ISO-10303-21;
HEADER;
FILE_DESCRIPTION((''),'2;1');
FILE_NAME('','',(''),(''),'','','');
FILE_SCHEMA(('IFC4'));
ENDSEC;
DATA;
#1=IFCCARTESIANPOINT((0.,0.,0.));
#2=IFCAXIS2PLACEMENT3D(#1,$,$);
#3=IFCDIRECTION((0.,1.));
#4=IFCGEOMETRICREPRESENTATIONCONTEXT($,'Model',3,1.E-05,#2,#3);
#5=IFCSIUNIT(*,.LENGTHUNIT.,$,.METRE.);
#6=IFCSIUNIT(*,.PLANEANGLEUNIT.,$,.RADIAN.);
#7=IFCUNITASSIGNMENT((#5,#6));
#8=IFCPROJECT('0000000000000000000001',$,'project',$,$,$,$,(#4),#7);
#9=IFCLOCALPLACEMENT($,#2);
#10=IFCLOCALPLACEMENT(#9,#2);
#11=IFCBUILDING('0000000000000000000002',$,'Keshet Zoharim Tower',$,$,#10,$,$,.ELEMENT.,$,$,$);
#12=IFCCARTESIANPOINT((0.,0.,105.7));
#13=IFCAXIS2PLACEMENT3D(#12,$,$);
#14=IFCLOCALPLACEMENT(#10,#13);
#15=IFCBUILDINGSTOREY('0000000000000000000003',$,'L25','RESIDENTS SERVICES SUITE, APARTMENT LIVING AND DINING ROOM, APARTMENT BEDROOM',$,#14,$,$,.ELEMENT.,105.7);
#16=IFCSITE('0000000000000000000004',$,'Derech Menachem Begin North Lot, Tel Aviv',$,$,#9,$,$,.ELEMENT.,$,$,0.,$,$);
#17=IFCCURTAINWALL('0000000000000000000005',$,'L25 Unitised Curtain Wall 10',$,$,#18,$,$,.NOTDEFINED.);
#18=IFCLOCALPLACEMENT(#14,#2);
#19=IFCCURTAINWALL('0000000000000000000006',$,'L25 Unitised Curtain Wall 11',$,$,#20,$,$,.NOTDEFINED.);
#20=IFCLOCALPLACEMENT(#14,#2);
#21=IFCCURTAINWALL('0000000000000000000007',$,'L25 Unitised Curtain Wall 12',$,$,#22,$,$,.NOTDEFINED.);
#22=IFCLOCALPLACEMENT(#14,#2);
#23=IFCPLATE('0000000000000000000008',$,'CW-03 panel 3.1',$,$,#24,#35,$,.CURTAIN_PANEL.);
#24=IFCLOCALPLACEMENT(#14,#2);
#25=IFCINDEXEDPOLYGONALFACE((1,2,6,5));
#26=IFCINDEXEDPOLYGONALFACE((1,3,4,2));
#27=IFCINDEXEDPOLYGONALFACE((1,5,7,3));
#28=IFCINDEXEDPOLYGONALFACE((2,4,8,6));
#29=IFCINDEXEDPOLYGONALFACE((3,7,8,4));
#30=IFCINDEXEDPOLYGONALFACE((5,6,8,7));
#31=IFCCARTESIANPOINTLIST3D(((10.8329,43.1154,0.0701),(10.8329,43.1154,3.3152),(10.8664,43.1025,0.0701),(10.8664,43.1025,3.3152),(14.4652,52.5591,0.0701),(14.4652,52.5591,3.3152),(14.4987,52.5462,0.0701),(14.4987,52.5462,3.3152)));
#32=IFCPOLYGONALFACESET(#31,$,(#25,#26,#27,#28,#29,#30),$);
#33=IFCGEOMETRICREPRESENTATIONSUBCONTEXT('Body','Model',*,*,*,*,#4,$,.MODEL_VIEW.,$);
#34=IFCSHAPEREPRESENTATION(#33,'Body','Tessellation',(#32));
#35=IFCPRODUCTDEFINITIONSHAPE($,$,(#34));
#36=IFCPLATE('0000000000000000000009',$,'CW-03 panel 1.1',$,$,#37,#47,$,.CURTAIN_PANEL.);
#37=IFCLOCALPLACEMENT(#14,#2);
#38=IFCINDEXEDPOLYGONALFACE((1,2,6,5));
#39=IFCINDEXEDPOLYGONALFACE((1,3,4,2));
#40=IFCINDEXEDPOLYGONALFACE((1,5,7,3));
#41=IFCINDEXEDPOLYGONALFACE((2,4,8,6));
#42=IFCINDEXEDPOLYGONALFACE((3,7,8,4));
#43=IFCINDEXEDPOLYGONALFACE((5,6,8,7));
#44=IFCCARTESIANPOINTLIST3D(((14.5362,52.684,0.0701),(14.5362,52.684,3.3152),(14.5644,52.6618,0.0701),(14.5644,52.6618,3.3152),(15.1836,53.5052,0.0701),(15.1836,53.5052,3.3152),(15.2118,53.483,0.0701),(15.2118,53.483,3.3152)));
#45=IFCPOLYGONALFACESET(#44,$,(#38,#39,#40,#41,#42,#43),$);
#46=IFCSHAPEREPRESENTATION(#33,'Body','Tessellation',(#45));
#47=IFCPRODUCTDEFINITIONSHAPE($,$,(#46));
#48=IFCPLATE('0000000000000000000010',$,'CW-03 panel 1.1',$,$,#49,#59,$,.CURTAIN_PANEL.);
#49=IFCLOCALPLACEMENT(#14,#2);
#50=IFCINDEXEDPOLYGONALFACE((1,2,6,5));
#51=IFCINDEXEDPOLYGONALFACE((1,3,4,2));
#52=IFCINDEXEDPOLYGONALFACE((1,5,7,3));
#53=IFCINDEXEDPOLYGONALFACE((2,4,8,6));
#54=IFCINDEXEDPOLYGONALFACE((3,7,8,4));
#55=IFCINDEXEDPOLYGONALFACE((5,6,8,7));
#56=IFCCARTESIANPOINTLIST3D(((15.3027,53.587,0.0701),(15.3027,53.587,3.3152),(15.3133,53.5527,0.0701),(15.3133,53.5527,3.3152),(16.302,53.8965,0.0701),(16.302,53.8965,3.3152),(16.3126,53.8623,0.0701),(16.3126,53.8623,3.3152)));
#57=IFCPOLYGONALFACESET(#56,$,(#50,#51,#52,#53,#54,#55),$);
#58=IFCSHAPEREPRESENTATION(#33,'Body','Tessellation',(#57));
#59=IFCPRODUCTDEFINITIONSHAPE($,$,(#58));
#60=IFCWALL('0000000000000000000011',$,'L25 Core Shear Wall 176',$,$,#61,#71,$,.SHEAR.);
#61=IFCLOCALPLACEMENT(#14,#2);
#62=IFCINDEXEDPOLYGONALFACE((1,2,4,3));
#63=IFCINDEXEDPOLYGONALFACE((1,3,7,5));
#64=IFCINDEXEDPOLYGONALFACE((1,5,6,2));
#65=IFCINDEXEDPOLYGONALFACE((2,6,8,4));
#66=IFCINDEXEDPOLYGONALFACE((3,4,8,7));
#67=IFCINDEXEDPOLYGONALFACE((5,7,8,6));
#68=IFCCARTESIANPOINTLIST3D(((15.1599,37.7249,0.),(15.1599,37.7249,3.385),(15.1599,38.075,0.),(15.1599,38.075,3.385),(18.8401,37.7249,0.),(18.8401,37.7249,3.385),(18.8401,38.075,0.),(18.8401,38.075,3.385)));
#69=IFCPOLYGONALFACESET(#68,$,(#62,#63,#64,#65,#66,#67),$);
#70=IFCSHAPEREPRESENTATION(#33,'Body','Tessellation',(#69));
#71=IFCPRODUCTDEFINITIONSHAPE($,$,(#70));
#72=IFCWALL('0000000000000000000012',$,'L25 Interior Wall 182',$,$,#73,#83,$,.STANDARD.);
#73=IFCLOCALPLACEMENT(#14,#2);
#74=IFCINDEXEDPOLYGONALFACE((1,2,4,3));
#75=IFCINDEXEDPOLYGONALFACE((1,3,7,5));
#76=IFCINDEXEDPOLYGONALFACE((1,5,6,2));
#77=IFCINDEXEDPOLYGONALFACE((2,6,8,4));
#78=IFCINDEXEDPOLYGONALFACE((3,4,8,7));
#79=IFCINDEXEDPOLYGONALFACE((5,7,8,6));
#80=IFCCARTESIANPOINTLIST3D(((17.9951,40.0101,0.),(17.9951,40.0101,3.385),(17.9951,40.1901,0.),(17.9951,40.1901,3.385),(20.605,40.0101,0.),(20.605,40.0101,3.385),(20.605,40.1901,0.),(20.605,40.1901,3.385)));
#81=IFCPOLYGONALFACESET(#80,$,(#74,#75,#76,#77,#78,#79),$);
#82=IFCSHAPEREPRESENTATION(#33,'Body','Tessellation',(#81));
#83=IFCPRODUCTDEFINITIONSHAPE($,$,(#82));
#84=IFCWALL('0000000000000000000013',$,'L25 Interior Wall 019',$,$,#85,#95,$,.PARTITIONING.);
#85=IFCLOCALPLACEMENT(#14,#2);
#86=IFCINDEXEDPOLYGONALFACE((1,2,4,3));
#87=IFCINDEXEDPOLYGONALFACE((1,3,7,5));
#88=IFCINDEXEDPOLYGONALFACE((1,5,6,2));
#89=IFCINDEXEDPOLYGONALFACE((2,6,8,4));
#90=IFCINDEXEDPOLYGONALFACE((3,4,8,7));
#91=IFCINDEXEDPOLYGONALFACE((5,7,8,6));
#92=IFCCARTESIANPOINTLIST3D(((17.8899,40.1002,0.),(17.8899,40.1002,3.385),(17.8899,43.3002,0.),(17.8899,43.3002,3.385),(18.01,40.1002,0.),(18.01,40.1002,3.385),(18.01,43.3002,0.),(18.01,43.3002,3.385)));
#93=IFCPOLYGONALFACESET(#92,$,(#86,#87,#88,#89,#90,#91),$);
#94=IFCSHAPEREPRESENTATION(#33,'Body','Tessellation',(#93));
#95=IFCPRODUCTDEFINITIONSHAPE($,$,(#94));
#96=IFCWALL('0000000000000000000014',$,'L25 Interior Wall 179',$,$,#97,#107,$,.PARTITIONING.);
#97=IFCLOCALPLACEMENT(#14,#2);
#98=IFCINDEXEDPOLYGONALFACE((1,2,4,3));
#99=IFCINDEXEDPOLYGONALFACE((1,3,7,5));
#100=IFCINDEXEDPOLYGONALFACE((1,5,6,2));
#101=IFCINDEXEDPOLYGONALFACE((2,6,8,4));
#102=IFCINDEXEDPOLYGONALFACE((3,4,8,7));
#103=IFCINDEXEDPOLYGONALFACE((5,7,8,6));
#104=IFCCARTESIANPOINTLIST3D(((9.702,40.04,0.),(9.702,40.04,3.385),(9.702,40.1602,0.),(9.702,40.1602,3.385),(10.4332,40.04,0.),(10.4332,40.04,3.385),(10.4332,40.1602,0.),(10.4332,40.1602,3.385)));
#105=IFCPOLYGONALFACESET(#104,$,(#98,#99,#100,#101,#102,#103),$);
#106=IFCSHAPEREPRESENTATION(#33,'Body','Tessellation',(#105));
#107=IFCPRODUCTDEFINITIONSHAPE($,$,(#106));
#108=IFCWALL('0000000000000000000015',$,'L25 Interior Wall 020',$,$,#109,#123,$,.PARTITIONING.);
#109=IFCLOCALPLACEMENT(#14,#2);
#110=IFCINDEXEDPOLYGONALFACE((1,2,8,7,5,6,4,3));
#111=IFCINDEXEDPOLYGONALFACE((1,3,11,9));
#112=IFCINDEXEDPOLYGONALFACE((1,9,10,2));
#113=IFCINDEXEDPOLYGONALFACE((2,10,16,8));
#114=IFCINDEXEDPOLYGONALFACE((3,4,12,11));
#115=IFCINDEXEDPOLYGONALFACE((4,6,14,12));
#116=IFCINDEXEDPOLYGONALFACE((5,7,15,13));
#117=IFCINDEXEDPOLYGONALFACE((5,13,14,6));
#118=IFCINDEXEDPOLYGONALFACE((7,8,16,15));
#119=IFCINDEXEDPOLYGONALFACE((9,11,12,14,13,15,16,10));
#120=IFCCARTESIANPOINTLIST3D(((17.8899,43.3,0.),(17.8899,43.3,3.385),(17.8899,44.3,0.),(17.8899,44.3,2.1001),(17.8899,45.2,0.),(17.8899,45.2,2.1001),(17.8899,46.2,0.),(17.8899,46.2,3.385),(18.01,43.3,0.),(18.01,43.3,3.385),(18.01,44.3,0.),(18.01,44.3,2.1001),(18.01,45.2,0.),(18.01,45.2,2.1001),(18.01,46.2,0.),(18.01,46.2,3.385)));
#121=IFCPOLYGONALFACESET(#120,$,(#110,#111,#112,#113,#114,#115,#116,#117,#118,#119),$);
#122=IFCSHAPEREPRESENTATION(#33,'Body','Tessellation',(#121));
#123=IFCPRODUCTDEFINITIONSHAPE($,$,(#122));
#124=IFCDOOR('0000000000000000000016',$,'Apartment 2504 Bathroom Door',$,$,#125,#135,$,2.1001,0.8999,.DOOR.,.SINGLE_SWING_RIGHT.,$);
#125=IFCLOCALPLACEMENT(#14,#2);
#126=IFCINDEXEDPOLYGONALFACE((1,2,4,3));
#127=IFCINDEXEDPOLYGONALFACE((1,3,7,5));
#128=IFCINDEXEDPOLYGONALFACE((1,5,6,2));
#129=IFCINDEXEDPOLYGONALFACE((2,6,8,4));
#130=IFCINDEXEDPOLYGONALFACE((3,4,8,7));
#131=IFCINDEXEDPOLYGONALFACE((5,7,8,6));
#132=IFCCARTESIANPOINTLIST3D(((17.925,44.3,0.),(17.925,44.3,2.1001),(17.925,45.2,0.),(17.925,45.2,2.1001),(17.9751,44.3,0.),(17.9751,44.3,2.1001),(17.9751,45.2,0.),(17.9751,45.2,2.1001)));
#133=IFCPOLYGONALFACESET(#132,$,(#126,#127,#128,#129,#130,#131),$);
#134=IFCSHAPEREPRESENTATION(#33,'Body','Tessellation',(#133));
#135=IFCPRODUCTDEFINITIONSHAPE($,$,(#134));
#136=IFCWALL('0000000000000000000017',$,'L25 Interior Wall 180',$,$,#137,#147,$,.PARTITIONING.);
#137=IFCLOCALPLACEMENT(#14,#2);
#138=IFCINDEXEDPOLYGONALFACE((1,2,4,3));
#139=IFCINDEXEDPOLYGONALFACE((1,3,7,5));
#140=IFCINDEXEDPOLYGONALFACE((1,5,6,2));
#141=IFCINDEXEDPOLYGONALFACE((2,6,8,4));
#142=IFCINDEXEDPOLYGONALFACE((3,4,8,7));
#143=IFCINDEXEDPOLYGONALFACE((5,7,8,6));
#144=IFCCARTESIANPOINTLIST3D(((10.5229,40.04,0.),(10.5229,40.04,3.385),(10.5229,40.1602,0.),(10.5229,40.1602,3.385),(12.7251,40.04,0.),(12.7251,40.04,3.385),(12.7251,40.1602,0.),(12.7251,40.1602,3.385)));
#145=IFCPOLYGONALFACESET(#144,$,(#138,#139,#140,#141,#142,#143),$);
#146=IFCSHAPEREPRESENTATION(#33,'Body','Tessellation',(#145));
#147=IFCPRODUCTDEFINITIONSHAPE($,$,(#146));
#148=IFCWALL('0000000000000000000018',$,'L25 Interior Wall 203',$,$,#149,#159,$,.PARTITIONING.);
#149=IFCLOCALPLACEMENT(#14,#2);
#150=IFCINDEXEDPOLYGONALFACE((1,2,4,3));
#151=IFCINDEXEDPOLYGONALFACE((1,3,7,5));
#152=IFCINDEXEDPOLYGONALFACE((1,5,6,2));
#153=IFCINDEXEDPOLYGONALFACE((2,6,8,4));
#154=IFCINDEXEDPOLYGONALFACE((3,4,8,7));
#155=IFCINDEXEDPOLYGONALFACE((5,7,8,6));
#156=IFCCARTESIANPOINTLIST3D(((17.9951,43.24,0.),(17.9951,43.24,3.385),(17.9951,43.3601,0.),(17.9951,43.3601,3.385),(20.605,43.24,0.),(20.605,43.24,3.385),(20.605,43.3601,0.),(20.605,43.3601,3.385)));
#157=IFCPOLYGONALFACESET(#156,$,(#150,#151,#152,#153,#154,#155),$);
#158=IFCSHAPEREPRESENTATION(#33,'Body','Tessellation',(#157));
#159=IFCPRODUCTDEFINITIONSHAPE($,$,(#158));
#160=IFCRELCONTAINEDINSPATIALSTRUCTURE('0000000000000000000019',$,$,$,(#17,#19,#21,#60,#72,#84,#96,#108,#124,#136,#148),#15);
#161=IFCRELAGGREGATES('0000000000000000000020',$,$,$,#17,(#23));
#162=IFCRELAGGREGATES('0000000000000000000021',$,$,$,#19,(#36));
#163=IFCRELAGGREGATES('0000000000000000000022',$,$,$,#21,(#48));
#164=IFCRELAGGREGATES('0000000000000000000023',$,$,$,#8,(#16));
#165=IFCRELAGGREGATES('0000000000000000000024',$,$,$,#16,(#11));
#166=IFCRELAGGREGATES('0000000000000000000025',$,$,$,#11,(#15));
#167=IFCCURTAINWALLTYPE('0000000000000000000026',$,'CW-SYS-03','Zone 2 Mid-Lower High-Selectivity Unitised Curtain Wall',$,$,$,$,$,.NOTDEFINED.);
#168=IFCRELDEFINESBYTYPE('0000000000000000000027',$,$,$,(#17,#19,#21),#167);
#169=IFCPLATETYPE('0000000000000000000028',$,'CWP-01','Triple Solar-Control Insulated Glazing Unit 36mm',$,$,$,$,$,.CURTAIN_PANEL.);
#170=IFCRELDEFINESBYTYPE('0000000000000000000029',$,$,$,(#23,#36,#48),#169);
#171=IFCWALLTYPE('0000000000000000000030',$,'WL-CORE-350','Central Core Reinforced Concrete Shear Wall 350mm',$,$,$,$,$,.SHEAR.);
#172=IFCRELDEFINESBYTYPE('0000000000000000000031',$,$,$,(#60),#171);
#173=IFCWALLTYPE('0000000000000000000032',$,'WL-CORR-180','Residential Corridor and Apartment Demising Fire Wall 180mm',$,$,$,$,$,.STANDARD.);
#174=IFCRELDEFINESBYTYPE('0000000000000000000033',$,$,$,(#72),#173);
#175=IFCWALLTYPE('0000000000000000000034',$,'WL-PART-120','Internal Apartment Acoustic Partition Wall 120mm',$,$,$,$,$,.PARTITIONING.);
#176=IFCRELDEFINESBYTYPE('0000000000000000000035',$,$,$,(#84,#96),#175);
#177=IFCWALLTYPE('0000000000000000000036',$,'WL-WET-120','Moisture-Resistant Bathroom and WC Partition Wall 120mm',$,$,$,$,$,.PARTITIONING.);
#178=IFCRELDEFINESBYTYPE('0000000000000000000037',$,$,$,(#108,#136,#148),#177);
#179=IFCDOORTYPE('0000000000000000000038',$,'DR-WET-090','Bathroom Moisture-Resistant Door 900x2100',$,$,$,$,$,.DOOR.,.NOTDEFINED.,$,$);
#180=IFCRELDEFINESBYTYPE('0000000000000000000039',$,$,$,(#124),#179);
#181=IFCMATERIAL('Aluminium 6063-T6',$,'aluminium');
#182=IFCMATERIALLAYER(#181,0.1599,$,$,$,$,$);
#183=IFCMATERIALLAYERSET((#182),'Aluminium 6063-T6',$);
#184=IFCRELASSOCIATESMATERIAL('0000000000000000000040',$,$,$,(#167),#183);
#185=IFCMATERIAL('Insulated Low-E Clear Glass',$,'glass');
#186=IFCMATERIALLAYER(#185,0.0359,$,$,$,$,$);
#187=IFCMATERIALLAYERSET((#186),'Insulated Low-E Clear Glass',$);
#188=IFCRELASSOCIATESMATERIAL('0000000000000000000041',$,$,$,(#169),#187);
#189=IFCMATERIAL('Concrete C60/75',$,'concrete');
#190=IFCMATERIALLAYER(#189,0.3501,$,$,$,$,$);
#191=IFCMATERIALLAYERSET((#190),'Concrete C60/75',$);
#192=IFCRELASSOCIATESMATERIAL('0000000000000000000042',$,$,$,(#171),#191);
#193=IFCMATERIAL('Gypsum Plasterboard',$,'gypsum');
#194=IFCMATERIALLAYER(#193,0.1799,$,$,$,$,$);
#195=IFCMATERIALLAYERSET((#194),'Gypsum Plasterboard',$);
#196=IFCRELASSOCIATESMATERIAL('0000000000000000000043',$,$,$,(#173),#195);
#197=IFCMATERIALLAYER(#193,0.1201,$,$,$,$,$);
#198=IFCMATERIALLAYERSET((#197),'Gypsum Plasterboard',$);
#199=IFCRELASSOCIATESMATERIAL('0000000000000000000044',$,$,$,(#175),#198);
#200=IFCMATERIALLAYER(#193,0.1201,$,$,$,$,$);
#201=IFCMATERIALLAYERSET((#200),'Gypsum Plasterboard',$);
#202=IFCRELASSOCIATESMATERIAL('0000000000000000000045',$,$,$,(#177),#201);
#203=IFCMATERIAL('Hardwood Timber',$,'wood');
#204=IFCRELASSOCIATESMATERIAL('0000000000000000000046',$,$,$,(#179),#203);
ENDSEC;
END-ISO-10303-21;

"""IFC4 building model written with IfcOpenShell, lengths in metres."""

from ifc_helpers import new_model, si_unit, direction, frame, frame_2d, origin, origin_2d, place, context, subcontext, project, spatial, rectangle, extrude, material, layer, layer_set, type_object, element, fill, aggregate, save


model = new_model("IFC4")

# Units and contexts
model_context = context("Model", 3, precision=1e-05, world=origin(), true_north=direction((0.0, 1.0)))
body_context = subcontext(model_context, "Body", "Model", "MODEL_VIEW")
ifc_project = project(units=[si_unit("LENGTHUNIT", "METRE"), si_unit("PLANEANGLEUNIT", "RADIAN")], contexts=[model_context])

# Site, building, storey
site_placement = place(None, origin())
site = spatial("IfcSite", under=ifc_project, at=site_placement, Name="Derech Menachem Begin North Lot, Tel Aviv", CompositionType="ELEMENT", RefElevation=0.0)
building_placement = place(site_placement, origin())
building = spatial("IfcBuilding", under=site, at=building_placement, Name="Keshet Zoharim Tower", CompositionType="ELEMENT")
storey_placement = place(building_placement, frame((0.0, 0.0, 105.7)))
storey = spatial("IfcBuildingStorey", under=building, at=storey_placement, Name="L25", Description="RESIDENTS SERVICES SUITE, APARTMENT LIVING AND DINING ROOM, APARTMENT BEDROOM", CompositionType="ELEMENT", Elevation=105.7)

# Curtain walls
ifc_material_1 = material(Name="Aluminium 6063-T6", Category="aluminium")
ifc_layer_1 = layer(ifc_material_1, 0.1599)
ifc_layer_set_1 = layer_set([ifc_layer_1], Name="Aluminium 6063-T6")
curtain_wall_type = type_object("IfcCurtainWallType", Name="CW-SYS-03", Description="Zone 2 Mid-Lower High-Selectivity Unitised Curtain Wall", PredefinedType="NOTDEFINED", material=ifc_layer_set_1)
curtain_wall_1_placement = place(storey_placement, origin())
curtain_wall_1 = element("IfcCurtainWall", 1, at=curtain_wall_1_placement, inside=storey, type_object=curtain_wall_type, Name="L25 Unitised Curtain Wall 10", PredefinedType="NOTDEFINED")
curtain_wall_2_placement = place(storey_placement, origin())
curtain_wall_2 = element("IfcCurtainWall", 2, at=curtain_wall_2_placement, inside=storey, type_object=curtain_wall_type, Name="L25 Unitised Curtain Wall 11", PredefinedType="NOTDEFINED")
curtain_wall_3_placement = place(storey_placement, origin())
curtain_wall_3 = element("IfcCurtainWall", 3, at=curtain_wall_3_placement, inside=storey, type_object=curtain_wall_type, Name="L25 Unitised Curtain Wall 12", PredefinedType="NOTDEFINED")

# Plates
ifc_material_2 = material(Name="Insulated Low-E Clear Glass", Category="glass")
ifc_layer_2 = layer(ifc_material_2, 0.0359)
ifc_layer_set_2 = layer_set([ifc_layer_2], Name="Insulated Low-E Clear Glass")
plate_type = type_object("IfcPlateType", Name="CWP-01", Description="Triple Solar-Control Insulated Glazing Unit 36mm", PredefinedType="CURTAIN_PANEL", material=ifc_layer_set_2)
plate_1_placement = place(storey_placement, frame((12.6658, 47.8308, 0.0701), z_axis=(0.0, 0.0, 1.0), x_axis=(0.35899, 0.933341, 0.0)))
plate_1 = element("IfcPlate", 4, at=plate_1_placement, type_object=plate_type, Name="CW-03 panel 3.1", PredefinedType="CURTAIN_PANEL", context=body_context, shape_type="SweptSolid", body=[
    extrude(rectangle(XDim=10.1182, YDim=0.0359, at=origin_2d()), origin(), (0.0, 0.0, 1.0), 3.2451),
])
aggregate(curtain_wall_1, [plate_1])
plate_2_placement = place(storey_placement, frame((14.874, 53.0835, 0.0701), z_axis=(0.0, 0.0, 1.0), x_axis=(0.619125, 0.785293, 0.0)))
plate_2 = element("IfcPlate", 5, at=plate_2_placement, type_object=plate_type, Name="CW-03 panel 1.1", PredefinedType="CURTAIN_PANEL", context=body_context, shape_type="SweptSolid", body=[
    extrude(rectangle(XDim=1.0457, YDim=0.0359, at=origin_2d()), origin(), (0.0, 0.0, 1.0), 3.2451),
])
aggregate(curtain_wall_2, [plate_2])
plate_3_placement = place(storey_placement, frame((15.8076, 53.7246, 0.0701), z_axis=(0.0, 0.0, 1.0), x_axis=(0.955212, 0.295922, 0.0)))
plate_3 = element("IfcPlate", 6, at=plate_3_placement, type_object=plate_type, Name="CW-03 panel 1.1", PredefinedType="CURTAIN_PANEL", context=body_context, shape_type="SweptSolid", body=[
    extrude(rectangle(XDim=1.0461, YDim=0.0359, at=origin_2d()), origin(), (0.0, 0.0, 1.0), 3.2451),
])
aggregate(curtain_wall_3, [plate_3])

# Wall
ifc_material_3 = material(Name="Concrete C60/75", Category="concrete")
ifc_layer_3 = layer(ifc_material_3, 0.3501)
ifc_layer_set_3 = layer_set([ifc_layer_3], Name="Concrete C60/75")
wall_type_1 = type_object("IfcWallType", Name="WL-CORE-350", Description="Central Core Reinforced Concrete Shear Wall 350mm", PredefinedType="SHEAR", material=ifc_layer_set_3)
wall_1_placement = place(storey_placement, frame((15.1599, 37.8999, 0.0), z_axis=(0.0, 0.0, 1.0), x_axis=(1.0, 0.0, 0.0)))
element("IfcWall", 7, at=wall_1_placement, inside=storey, type_object=wall_type_1, Name="L25 Core Shear Wall 176", PredefinedType="SHEAR", context=body_context, shape_type="SweptSolid", body=[
    extrude(rectangle(XDim=3.6802, YDim=0.3501, at=frame_2d((1.8401, 0.0))), origin(), (0.0, 0.0, 1.0), 3.385),
])

# Shared definitions
ifc_material_4 = material(Name="Gypsum Plasterboard", Category="gypsum")
ifc_layer_4 = layer(ifc_material_4, 0.1799)
ifc_layer_set_4 = layer_set([ifc_layer_4], Name="Gypsum Plasterboard")
wall_type_2 = type_object("IfcWallType", Name="WL-CORR-180", Description="Residential Corridor and Apartment Demising Fire Wall 180mm", PredefinedType="STANDARD", material=ifc_layer_set_4)
ifc_material_5 = material(Name="Hardwood Timber", Category="wood")

# Walls
wall_2_placement = place(storey_placement, frame((17.9951, 40.1001, 0.0), z_axis=(0.0, 0.0, 1.0), x_axis=(1.0, 0.0, 0.0)))
element("IfcWall", 8, at=wall_2_placement, inside=storey, type_object=wall_type_2, Name="L25 Interior Wall 182", PredefinedType="STANDARD", context=body_context, shape_type="SweptSolid", body=[
    extrude(rectangle(XDim=2.6099, YDim=0.1799, at=frame_2d((1.3049, 0.0))), origin(), (0.0, 0.0, 1.0), 3.385),
])
ifc_layer_5 = layer(ifc_material_4, 0.1201)
ifc_layer_set_5 = layer_set([ifc_layer_5], Name="Gypsum Plasterboard")
wall_type_3 = type_object("IfcWallType", Name="WL-PART-120", Description="Internal Apartment Acoustic Partition Wall 120mm", PredefinedType="PARTITIONING", material=ifc_layer_set_5)
wall_3_placement = place(storey_placement, frame((17.95, 40.1001, 0.0), z_axis=(0.0, 0.0, 1.0), x_axis=(0.0, 1.0, 0.0)))
element("IfcWall", 9, at=wall_3_placement, inside=storey, type_object=wall_type_3, Name="L25 Interior Wall 019", PredefinedType="PARTITIONING", context=body_context, shape_type="SweptSolid", body=[
    extrude(rectangle(XDim=3.2, YDim=0.1201, at=frame_2d((1.6001, 0.0))), origin(), (0.0, 0.0, 1.0), 3.385),
])
wall_4_placement = place(storey_placement, frame((9.7019, 40.1001, 0.0), z_axis=(0.0, 0.0, 1.0), x_axis=(1.0, 0.0, 0.0)))
element("IfcWall", 10, at=wall_4_placement, inside=storey, type_object=wall_type_3, Name="L25 Interior Wall 179", PredefinedType="PARTITIONING", context=body_context, shape_type="SweptSolid", body=[
    extrude(rectangle(XDim=0.7312, YDim=0.1201, at=frame_2d((0.3657, 0.0))), origin(), (0.0, 0.0, 1.0), 3.385),
])

# Wall, opening, door
ifc_layer_6 = layer(ifc_material_4, 0.1201)
ifc_layer_set_6 = layer_set([ifc_layer_6], Name="Gypsum Plasterboard")
wall_type_4 = type_object("IfcWallType", Name="WL-WET-120", Description="Moisture-Resistant Bathroom and WC Partition Wall 120mm", PredefinedType="PARTITIONING", material=ifc_layer_set_6)
wall_5_placement = place(storey_placement, frame((17.95, 43.3, 0.0), z_axis=(0.0, 0.0, 1.0), x_axis=(0.0, 1.0, 0.0)))
wall_5 = element("IfcWall", 11, at=wall_5_placement, inside=storey, type_object=wall_type_4, Name="L25 Interior Wall 020", PredefinedType="PARTITIONING", context=body_context, shape_type="SweptSolid", body=[
    extrude(rectangle(XDim=2.8999, YDim=0.1201, at=frame_2d((1.45, 0.0))), origin(), (0.0, 0.0, 1.0), 3.385),
])
opening_1_placement = place(wall_5_placement, frame((1.0, 0.0, 0.0)))
opening_1 = element("IfcOpeningElement", 12, at=opening_1_placement, cuts=wall_5, PredefinedType="OPENING", context=body_context, shape_type="SweptSolid", body=[
    extrude(rectangle(XDim=0.8999, YDim=2.1001, at=frame_2d((0.45, 1.05))), frame((0.0, 0.0701, 0.0), z_axis=(0.0, -1.0, 0.0), x_axis=(1.0, 0.0, 0.0)), (0.0, 0.0, 1.0), 0.1401),
])
door_type_1 = type_object("IfcDoorType", Name="DR-WET-090", Description="Bathroom Moisture-Resistant Door 900x2100", OperationType="NOTDEFINED", PredefinedType="DOOR", material=ifc_material_5)
door_1_placement = place(opening_1_placement, origin())
door_1 = element("IfcDoor", 13, at=door_1_placement, inside=storey, type_object=door_type_1, Name="Apartment 2504 Bathroom Door", OperationType="SINGLE_SWING_RIGHT", OverallHeight=2.1001, OverallWidth=0.8999, PredefinedType="DOOR", context=body_context, shape_type="SweptSolid", body=[
    extrude(rectangle(XDim=0.8999, YDim=2.1001, at=frame_2d((0.45, 1.05))), frame((0.0, 0.0249, 0.0), z_axis=(0.0, -1.0, 0.0), x_axis=(1.0, 0.0, 0.0)), (0.0, 0.0, 1.0), 0.05),
])
fill(opening_1, door_1)

# Walls
wall_6_placement = place(storey_placement, frame((10.5229, 40.1001, 0.0), z_axis=(0.0, 0.0, 1.0), x_axis=(1.0, 0.0, 0.0)))
element("IfcWall", 14, at=wall_6_placement, inside=storey, type_object=wall_type_4, Name="L25 Interior Wall 180", PredefinedType="PARTITIONING", context=body_context, shape_type="SweptSolid", body=[
    extrude(rectangle(XDim=2.2021, YDim=0.1201, at=frame_2d((1.1011, 0.0))), origin(), (0.0, 0.0, 1.0), 3.385),
])
wall_7_placement = place(storey_placement, frame((17.9951, 43.3, 0.0), z_axis=(0.0, 0.0, 1.0), x_axis=(1.0, 0.0, 0.0)))
element("IfcWall", 15, at=wall_7_placement, inside=storey, type_object=wall_type_4, Name="L25 Interior Wall 203", PredefinedType="PARTITIONING", context=body_context, shape_type="SweptSolid", body=[
    extrude(rectangle(XDim=2.6099, YDim=0.1201, at=frame_2d((1.3049, 0.0))), origin(), (0.0, 0.0, 1.0), 3.385),
])

save(model, "model.ifc")
